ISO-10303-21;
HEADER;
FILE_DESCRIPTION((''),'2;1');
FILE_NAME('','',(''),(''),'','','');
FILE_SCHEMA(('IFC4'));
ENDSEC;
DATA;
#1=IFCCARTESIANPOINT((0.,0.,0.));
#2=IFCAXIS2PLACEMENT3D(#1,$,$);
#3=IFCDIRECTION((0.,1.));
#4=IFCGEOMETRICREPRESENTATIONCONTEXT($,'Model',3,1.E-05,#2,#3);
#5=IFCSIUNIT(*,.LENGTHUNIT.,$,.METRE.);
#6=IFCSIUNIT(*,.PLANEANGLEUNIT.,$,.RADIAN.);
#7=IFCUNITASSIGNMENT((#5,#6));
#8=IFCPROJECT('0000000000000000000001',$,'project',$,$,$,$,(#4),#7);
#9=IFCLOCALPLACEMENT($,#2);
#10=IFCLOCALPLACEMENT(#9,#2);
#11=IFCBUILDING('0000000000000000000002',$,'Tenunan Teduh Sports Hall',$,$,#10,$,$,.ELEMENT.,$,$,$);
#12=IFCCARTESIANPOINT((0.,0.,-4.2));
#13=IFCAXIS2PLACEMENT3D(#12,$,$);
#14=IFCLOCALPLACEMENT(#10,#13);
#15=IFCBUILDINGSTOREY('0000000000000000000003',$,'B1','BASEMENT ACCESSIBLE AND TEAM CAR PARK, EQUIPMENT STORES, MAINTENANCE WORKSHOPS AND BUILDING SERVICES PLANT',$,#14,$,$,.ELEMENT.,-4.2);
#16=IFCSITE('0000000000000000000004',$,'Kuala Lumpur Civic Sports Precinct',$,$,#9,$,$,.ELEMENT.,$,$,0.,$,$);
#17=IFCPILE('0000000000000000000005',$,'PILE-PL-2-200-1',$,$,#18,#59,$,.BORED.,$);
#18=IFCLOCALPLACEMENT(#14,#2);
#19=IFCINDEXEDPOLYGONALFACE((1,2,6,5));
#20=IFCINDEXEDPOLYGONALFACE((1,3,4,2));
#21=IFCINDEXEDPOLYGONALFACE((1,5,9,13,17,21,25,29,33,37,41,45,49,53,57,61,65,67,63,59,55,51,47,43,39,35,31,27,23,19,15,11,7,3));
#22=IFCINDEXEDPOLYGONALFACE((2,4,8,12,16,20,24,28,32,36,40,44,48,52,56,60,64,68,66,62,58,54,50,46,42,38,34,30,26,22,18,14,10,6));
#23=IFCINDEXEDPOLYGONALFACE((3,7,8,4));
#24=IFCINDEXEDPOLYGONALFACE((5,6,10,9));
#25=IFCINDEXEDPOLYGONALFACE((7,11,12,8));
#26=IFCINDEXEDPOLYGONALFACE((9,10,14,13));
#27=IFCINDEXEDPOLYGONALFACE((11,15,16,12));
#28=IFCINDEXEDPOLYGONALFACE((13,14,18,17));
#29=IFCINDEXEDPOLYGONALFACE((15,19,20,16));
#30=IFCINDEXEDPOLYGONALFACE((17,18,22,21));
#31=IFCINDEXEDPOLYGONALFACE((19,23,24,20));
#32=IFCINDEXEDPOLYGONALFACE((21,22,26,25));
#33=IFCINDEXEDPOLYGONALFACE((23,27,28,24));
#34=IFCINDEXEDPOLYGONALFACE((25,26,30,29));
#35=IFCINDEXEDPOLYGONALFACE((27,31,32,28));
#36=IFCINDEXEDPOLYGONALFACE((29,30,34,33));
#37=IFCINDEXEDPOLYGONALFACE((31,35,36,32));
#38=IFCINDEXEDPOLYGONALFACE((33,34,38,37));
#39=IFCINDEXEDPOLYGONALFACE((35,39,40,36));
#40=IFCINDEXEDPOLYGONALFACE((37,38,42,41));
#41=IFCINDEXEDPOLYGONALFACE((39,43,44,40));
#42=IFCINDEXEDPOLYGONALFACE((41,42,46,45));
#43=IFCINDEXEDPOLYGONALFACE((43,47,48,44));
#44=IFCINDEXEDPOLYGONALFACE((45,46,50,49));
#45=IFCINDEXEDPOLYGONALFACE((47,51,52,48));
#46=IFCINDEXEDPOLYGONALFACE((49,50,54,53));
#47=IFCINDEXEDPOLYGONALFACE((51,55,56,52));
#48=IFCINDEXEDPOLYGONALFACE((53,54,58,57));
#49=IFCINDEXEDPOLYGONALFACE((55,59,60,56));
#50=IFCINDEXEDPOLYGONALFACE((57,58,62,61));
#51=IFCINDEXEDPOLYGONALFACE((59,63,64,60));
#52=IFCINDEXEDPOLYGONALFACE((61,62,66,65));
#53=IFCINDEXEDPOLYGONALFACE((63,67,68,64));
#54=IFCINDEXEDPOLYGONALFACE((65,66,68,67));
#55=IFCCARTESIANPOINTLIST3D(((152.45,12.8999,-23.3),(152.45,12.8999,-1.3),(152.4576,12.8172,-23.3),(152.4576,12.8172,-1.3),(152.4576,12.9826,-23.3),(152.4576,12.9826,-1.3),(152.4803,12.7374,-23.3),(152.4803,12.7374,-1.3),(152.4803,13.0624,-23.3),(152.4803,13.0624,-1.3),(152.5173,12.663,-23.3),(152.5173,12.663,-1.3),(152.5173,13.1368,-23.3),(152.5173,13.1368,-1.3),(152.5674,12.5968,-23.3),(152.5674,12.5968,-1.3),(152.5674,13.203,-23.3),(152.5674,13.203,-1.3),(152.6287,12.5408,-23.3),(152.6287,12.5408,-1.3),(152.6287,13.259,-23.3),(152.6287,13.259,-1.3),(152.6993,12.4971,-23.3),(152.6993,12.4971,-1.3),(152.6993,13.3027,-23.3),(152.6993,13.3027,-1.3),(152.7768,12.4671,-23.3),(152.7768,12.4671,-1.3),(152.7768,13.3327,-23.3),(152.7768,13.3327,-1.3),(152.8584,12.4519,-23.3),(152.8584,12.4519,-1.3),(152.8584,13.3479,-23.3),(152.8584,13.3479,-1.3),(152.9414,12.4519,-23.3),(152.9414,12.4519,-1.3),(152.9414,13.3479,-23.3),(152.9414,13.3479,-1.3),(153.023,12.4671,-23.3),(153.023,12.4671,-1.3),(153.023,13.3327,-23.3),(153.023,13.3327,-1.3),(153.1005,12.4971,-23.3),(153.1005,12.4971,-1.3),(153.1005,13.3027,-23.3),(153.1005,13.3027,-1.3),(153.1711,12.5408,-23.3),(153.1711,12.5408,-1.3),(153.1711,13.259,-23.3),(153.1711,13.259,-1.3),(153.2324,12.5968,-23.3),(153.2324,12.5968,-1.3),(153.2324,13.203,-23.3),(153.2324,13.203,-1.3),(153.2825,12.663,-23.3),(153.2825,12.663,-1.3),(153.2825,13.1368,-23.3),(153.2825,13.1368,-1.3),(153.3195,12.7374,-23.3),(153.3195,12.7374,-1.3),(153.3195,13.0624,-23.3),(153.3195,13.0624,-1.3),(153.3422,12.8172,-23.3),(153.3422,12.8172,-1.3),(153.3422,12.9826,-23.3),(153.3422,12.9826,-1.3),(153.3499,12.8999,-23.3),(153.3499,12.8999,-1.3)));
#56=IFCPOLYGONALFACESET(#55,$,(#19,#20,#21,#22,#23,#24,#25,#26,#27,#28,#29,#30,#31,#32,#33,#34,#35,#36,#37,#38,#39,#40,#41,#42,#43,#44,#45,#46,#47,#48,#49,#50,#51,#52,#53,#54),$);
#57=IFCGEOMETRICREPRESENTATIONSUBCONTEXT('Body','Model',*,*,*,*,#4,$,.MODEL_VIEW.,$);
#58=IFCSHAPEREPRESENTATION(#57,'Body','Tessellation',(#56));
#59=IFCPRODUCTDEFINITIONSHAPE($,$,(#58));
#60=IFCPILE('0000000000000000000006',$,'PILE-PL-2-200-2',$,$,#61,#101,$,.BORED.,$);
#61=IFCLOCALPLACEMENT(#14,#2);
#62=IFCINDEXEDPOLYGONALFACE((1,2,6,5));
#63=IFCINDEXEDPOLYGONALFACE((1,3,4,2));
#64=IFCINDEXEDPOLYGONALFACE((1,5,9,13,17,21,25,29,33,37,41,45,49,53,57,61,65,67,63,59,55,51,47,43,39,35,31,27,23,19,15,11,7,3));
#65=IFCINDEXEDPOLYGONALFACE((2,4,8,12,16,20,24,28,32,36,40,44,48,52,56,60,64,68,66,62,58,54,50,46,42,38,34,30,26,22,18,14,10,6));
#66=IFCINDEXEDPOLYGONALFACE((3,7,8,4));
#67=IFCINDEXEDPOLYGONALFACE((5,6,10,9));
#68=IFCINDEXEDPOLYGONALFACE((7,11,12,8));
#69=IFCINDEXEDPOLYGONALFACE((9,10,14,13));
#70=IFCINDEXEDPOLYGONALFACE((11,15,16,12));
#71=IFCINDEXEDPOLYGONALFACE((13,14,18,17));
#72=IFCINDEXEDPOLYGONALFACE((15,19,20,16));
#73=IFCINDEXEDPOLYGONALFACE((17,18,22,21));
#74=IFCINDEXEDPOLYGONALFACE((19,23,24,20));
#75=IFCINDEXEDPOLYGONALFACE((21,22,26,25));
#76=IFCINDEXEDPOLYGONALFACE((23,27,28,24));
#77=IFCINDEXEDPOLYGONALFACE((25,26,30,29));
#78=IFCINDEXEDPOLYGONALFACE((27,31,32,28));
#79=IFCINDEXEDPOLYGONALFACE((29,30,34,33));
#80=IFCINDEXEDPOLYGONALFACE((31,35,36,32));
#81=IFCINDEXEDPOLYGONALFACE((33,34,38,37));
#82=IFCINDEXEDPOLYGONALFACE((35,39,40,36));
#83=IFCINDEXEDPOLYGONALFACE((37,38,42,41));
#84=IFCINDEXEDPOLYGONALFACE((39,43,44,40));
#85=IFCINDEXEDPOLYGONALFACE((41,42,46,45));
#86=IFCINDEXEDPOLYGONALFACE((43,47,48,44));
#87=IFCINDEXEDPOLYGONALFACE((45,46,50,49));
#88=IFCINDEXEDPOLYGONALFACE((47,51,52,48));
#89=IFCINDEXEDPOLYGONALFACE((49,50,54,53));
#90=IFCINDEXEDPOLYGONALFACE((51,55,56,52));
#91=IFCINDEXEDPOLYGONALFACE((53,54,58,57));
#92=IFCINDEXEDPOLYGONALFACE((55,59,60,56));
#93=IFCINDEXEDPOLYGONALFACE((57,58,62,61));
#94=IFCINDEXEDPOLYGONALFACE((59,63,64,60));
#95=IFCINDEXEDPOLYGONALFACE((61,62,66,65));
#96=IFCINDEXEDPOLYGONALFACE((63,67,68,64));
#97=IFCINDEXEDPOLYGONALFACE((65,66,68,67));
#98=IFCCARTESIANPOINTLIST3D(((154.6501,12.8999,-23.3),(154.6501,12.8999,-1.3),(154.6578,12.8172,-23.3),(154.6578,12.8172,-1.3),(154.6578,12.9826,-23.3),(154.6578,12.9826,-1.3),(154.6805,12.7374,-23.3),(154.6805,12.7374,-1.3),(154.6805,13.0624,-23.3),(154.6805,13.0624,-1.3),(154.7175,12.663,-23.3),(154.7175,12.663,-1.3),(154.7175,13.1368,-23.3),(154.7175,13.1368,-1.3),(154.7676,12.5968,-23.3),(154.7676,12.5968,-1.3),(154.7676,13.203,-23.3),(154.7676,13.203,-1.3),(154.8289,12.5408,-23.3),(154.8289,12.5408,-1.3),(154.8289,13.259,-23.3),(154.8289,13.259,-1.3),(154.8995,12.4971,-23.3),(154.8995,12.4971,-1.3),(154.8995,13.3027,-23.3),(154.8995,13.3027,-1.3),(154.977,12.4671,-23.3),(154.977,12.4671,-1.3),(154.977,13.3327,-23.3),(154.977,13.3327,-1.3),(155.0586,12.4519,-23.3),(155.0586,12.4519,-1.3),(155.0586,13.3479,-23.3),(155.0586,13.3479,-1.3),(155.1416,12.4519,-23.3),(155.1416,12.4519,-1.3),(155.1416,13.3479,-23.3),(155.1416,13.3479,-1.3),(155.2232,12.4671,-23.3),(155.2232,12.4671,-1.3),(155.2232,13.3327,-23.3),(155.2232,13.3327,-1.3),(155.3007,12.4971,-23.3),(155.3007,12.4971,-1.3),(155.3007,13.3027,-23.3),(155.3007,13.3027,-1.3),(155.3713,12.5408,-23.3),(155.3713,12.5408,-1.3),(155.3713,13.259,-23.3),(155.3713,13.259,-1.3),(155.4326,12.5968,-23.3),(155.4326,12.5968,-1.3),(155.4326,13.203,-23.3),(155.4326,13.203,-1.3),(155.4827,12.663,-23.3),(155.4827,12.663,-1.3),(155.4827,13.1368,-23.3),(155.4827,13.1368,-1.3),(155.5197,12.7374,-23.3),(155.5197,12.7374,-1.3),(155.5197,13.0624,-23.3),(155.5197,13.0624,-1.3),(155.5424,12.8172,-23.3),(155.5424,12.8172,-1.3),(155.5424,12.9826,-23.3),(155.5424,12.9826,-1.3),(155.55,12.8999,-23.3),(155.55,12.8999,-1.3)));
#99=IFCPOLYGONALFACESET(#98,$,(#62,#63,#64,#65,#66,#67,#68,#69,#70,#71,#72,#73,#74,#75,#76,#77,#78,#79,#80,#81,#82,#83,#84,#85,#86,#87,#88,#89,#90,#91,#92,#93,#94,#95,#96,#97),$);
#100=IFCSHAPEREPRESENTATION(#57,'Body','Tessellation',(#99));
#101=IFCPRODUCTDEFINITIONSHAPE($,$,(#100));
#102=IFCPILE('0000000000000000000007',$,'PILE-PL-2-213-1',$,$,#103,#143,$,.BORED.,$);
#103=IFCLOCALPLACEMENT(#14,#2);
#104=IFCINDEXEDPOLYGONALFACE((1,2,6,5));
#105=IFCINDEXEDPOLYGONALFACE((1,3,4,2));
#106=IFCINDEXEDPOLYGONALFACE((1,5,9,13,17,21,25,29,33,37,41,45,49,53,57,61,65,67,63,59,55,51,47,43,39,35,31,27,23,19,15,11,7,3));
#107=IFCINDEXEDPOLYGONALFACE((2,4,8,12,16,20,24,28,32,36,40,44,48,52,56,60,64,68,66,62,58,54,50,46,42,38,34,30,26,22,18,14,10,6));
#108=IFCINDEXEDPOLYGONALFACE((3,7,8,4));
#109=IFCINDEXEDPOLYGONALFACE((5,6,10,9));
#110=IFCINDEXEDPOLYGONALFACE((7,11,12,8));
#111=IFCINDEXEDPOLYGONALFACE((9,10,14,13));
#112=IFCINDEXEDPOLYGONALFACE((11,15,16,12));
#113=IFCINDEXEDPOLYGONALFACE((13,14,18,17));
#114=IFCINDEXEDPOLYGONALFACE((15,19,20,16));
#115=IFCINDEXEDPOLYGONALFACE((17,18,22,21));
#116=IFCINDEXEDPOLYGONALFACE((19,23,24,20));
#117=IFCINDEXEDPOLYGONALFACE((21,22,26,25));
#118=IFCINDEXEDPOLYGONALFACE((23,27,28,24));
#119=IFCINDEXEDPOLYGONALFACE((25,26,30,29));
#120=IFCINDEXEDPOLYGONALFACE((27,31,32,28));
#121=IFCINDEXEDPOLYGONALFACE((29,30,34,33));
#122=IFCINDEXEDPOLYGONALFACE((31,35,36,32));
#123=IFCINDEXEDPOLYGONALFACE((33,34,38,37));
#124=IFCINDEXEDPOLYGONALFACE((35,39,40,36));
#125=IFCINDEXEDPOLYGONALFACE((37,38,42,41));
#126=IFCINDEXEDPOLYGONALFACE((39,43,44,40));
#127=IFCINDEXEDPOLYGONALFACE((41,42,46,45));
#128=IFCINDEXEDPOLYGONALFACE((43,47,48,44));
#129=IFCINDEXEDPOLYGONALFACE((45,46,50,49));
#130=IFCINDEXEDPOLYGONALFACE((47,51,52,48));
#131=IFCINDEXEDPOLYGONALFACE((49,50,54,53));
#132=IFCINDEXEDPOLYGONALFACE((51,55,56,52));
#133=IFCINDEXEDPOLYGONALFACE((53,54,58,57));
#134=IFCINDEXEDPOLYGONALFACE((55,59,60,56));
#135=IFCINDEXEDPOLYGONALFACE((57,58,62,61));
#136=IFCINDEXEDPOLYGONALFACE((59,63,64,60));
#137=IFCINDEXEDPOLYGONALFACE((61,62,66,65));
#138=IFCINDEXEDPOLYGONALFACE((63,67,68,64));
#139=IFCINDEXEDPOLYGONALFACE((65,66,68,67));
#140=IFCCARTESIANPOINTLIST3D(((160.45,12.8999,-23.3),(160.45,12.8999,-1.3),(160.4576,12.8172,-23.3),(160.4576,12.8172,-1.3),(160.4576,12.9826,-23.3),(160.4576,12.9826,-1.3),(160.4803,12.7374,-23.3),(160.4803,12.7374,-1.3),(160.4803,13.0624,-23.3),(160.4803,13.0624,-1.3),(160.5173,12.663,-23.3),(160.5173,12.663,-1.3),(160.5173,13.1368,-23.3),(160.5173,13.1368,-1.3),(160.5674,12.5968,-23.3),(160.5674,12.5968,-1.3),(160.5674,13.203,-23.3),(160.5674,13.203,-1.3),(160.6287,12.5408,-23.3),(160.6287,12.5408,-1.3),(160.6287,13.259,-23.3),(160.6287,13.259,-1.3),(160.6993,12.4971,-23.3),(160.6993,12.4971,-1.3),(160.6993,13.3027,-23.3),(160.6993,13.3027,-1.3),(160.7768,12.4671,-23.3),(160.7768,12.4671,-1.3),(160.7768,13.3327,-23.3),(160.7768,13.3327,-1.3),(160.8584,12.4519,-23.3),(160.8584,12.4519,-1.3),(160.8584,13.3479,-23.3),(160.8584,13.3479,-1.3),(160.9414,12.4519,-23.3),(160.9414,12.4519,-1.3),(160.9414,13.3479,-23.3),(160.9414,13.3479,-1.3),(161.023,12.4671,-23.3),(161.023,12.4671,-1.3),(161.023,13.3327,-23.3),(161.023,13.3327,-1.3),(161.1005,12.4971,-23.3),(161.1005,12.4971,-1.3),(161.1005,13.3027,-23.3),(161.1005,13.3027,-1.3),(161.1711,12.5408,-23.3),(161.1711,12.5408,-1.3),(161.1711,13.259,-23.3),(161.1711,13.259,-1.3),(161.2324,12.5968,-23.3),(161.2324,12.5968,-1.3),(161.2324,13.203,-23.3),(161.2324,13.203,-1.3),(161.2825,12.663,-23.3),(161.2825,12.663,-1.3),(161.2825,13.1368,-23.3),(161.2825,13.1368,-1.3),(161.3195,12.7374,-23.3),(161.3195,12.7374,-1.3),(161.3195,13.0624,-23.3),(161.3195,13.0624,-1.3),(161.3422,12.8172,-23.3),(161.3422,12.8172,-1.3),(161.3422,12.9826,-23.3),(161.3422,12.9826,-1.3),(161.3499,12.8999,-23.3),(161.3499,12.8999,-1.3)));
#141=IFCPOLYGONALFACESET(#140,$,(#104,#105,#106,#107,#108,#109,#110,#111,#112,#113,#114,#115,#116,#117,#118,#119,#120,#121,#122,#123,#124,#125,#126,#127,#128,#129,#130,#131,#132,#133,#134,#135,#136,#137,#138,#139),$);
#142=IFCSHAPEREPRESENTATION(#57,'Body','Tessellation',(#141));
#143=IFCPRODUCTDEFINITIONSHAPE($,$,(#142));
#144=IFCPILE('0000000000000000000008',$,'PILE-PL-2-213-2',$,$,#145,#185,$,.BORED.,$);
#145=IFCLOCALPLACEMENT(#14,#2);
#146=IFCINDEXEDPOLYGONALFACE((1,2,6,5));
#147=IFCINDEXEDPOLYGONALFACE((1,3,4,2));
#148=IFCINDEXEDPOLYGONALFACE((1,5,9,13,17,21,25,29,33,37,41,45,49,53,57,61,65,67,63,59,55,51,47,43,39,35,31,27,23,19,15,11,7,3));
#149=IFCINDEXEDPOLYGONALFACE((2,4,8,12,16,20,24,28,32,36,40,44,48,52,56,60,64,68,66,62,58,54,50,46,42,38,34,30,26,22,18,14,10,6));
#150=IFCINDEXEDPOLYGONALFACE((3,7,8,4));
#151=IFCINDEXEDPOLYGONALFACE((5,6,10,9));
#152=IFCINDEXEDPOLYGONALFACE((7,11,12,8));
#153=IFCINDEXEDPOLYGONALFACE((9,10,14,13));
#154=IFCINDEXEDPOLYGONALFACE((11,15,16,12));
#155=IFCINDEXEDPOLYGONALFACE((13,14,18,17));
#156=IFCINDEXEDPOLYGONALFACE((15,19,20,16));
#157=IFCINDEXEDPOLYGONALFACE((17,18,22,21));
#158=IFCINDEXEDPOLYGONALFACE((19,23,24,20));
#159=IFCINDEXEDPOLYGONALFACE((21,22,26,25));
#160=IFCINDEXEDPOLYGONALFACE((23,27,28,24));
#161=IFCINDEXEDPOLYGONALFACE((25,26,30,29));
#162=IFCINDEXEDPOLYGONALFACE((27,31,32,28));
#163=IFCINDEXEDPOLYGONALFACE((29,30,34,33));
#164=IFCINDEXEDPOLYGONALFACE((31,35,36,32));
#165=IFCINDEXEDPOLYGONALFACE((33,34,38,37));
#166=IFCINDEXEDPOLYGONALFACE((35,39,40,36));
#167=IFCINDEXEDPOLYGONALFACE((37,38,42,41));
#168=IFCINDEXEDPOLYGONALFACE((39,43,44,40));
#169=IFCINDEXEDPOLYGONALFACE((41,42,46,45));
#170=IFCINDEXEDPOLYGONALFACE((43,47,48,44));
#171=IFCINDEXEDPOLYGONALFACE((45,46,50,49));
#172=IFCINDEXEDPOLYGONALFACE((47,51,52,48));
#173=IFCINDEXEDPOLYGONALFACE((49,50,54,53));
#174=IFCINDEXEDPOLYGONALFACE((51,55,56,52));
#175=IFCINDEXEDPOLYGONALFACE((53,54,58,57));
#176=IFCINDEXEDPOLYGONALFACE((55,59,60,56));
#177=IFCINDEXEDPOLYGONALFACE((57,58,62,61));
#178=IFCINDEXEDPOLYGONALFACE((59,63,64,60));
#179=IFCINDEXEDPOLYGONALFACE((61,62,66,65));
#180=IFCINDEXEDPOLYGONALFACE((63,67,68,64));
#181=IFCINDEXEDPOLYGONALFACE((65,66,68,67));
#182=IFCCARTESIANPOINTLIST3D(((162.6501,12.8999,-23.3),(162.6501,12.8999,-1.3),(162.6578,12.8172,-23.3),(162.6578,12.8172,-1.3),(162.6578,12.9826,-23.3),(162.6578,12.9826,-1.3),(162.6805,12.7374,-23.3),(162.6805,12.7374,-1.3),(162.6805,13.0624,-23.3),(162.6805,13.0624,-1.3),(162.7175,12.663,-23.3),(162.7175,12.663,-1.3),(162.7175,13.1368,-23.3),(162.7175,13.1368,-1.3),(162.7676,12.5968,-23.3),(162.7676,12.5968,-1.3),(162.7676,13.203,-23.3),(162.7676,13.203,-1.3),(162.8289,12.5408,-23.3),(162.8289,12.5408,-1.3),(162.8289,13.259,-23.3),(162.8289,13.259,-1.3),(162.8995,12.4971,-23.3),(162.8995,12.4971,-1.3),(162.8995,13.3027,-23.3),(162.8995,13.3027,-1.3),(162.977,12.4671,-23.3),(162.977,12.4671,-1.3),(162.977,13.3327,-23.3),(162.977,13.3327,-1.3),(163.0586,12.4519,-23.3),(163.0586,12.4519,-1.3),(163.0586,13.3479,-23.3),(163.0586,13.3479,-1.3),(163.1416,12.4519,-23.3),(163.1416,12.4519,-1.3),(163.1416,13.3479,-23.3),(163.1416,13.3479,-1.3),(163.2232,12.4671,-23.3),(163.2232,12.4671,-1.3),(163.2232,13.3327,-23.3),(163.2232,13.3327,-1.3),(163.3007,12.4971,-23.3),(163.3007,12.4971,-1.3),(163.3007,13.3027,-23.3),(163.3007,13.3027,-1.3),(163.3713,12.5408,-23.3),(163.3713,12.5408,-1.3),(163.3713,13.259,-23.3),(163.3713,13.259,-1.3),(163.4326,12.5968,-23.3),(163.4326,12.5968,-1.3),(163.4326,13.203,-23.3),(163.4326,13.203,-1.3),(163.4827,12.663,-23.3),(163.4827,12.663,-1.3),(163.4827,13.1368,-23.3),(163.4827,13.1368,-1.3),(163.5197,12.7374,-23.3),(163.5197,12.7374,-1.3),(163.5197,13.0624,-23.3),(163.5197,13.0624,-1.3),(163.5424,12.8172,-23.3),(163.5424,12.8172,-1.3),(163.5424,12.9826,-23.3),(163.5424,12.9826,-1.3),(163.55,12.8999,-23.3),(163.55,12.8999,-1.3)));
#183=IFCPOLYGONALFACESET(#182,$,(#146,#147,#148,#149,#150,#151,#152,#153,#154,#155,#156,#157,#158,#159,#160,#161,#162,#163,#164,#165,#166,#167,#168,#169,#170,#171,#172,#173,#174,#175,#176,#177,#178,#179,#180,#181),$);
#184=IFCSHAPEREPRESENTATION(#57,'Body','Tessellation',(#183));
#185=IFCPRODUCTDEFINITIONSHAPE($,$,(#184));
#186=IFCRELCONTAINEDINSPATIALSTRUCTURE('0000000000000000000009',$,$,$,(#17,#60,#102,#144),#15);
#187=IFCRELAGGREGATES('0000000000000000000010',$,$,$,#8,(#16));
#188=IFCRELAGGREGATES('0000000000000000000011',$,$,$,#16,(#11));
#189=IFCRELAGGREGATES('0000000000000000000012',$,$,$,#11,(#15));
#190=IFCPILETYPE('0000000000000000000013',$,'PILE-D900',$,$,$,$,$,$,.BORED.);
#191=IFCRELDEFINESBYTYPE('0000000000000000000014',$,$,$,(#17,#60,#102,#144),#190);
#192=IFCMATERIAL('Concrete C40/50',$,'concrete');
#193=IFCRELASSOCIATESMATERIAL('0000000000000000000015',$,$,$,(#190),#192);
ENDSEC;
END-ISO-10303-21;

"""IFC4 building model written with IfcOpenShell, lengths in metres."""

from ifc_helpers import new_model, si_unit, direction, frame, origin, origin_2d, place, context, subcontext, project, spatial, circle, extrude, material, material_profile, profile_set, type_object, element, save


model = new_model("IFC4")

# Units and contexts
model_context = context("Model", 3, precision=1e-05, world=origin(), true_north=direction((0.0, 1.0)))
body_context = subcontext(model_context, "Body", "Model", "MODEL_VIEW")
ifc_project = project(units=[si_unit("LENGTHUNIT", "METRE"), si_unit("PLANEANGLEUNIT", "RADIAN")], contexts=[model_context])

# Site, building, storey
site_placement = place(None, origin())
site = spatial("IfcSite", under=ifc_project, at=site_placement, Name="Kuala Lumpur Civic Sports Precinct", CompositionType="ELEMENT", RefElevation=0.0)
building_placement = place(site_placement, origin())
building = spatial("IfcBuilding", under=site, at=building_placement, Name="Tenunan Teduh Sports Hall", CompositionType="ELEMENT")
storey_placement = place(building_placement, frame((0.0, 0.0, -4.2)))
storey = spatial("IfcBuildingStorey", under=building, at=storey_placement, Name="B1", Description="BASEMENT ACCESSIBLE AND TEAM CAR PARK, EQUIPMENT STORES, MAINTENANCE WORKSHOPS AND BUILDING SERVICES PLANT", CompositionType="ELEMENT", Elevation=-4.2)

# Piles
ifc_material_1 = material(Name="Concrete C40/50", Category="concrete")
ifc_material_profile_1 = material_profile(ifc_material_1, circle(Radius=0.45, at=origin_2d()), Name="PILE D900")
ifc_profile_set_1 = profile_set([ifc_material_profile_1], Name="Concrete C40/50")
pile_type_1 = type_object("IfcPileType", Name="PILE-D900", PredefinedType="BORED", material=ifc_profile_set_1)
for number, where, z_axis, x_axis, name in (
    (1, (152.8999, 12.8999, -1.3), (0.0, 0.0, -1.0), (1.0, 0.0, 0.0), "PILE-PL-2-200-1"),
    (2, (155.1001, 12.8999, -1.3), (0.0, 0.0, -1.0), (1.0, 0.0, 0.0), "PILE-PL-2-200-2"),
    (3, (160.8999, 12.8999, -1.3), (0.0, 0.0, -1.0), (1.0, 0.0, 0.0), "PILE-PL-2-213-1"),
    (4, (163.1001, 12.8999, -1.3), (0.0, 0.0, -1.0), (1.0, 0.0, 0.0), "PILE-PL-2-213-2"),
):
    element("IfcPile", number, at=place(storey_placement, frame(where, z_axis=z_axis, x_axis=x_axis)), inside=storey, type_object=pile_type_1, Name=name, PredefinedType="BORED", context=body_context, shape_type="SweptSolid", body=[
        extrude(circle(Radius=0.45, at=origin_2d()), origin(), (0.0, 0.0, 1.0), 22.0),
    ])

save(model, "model.ifc")
